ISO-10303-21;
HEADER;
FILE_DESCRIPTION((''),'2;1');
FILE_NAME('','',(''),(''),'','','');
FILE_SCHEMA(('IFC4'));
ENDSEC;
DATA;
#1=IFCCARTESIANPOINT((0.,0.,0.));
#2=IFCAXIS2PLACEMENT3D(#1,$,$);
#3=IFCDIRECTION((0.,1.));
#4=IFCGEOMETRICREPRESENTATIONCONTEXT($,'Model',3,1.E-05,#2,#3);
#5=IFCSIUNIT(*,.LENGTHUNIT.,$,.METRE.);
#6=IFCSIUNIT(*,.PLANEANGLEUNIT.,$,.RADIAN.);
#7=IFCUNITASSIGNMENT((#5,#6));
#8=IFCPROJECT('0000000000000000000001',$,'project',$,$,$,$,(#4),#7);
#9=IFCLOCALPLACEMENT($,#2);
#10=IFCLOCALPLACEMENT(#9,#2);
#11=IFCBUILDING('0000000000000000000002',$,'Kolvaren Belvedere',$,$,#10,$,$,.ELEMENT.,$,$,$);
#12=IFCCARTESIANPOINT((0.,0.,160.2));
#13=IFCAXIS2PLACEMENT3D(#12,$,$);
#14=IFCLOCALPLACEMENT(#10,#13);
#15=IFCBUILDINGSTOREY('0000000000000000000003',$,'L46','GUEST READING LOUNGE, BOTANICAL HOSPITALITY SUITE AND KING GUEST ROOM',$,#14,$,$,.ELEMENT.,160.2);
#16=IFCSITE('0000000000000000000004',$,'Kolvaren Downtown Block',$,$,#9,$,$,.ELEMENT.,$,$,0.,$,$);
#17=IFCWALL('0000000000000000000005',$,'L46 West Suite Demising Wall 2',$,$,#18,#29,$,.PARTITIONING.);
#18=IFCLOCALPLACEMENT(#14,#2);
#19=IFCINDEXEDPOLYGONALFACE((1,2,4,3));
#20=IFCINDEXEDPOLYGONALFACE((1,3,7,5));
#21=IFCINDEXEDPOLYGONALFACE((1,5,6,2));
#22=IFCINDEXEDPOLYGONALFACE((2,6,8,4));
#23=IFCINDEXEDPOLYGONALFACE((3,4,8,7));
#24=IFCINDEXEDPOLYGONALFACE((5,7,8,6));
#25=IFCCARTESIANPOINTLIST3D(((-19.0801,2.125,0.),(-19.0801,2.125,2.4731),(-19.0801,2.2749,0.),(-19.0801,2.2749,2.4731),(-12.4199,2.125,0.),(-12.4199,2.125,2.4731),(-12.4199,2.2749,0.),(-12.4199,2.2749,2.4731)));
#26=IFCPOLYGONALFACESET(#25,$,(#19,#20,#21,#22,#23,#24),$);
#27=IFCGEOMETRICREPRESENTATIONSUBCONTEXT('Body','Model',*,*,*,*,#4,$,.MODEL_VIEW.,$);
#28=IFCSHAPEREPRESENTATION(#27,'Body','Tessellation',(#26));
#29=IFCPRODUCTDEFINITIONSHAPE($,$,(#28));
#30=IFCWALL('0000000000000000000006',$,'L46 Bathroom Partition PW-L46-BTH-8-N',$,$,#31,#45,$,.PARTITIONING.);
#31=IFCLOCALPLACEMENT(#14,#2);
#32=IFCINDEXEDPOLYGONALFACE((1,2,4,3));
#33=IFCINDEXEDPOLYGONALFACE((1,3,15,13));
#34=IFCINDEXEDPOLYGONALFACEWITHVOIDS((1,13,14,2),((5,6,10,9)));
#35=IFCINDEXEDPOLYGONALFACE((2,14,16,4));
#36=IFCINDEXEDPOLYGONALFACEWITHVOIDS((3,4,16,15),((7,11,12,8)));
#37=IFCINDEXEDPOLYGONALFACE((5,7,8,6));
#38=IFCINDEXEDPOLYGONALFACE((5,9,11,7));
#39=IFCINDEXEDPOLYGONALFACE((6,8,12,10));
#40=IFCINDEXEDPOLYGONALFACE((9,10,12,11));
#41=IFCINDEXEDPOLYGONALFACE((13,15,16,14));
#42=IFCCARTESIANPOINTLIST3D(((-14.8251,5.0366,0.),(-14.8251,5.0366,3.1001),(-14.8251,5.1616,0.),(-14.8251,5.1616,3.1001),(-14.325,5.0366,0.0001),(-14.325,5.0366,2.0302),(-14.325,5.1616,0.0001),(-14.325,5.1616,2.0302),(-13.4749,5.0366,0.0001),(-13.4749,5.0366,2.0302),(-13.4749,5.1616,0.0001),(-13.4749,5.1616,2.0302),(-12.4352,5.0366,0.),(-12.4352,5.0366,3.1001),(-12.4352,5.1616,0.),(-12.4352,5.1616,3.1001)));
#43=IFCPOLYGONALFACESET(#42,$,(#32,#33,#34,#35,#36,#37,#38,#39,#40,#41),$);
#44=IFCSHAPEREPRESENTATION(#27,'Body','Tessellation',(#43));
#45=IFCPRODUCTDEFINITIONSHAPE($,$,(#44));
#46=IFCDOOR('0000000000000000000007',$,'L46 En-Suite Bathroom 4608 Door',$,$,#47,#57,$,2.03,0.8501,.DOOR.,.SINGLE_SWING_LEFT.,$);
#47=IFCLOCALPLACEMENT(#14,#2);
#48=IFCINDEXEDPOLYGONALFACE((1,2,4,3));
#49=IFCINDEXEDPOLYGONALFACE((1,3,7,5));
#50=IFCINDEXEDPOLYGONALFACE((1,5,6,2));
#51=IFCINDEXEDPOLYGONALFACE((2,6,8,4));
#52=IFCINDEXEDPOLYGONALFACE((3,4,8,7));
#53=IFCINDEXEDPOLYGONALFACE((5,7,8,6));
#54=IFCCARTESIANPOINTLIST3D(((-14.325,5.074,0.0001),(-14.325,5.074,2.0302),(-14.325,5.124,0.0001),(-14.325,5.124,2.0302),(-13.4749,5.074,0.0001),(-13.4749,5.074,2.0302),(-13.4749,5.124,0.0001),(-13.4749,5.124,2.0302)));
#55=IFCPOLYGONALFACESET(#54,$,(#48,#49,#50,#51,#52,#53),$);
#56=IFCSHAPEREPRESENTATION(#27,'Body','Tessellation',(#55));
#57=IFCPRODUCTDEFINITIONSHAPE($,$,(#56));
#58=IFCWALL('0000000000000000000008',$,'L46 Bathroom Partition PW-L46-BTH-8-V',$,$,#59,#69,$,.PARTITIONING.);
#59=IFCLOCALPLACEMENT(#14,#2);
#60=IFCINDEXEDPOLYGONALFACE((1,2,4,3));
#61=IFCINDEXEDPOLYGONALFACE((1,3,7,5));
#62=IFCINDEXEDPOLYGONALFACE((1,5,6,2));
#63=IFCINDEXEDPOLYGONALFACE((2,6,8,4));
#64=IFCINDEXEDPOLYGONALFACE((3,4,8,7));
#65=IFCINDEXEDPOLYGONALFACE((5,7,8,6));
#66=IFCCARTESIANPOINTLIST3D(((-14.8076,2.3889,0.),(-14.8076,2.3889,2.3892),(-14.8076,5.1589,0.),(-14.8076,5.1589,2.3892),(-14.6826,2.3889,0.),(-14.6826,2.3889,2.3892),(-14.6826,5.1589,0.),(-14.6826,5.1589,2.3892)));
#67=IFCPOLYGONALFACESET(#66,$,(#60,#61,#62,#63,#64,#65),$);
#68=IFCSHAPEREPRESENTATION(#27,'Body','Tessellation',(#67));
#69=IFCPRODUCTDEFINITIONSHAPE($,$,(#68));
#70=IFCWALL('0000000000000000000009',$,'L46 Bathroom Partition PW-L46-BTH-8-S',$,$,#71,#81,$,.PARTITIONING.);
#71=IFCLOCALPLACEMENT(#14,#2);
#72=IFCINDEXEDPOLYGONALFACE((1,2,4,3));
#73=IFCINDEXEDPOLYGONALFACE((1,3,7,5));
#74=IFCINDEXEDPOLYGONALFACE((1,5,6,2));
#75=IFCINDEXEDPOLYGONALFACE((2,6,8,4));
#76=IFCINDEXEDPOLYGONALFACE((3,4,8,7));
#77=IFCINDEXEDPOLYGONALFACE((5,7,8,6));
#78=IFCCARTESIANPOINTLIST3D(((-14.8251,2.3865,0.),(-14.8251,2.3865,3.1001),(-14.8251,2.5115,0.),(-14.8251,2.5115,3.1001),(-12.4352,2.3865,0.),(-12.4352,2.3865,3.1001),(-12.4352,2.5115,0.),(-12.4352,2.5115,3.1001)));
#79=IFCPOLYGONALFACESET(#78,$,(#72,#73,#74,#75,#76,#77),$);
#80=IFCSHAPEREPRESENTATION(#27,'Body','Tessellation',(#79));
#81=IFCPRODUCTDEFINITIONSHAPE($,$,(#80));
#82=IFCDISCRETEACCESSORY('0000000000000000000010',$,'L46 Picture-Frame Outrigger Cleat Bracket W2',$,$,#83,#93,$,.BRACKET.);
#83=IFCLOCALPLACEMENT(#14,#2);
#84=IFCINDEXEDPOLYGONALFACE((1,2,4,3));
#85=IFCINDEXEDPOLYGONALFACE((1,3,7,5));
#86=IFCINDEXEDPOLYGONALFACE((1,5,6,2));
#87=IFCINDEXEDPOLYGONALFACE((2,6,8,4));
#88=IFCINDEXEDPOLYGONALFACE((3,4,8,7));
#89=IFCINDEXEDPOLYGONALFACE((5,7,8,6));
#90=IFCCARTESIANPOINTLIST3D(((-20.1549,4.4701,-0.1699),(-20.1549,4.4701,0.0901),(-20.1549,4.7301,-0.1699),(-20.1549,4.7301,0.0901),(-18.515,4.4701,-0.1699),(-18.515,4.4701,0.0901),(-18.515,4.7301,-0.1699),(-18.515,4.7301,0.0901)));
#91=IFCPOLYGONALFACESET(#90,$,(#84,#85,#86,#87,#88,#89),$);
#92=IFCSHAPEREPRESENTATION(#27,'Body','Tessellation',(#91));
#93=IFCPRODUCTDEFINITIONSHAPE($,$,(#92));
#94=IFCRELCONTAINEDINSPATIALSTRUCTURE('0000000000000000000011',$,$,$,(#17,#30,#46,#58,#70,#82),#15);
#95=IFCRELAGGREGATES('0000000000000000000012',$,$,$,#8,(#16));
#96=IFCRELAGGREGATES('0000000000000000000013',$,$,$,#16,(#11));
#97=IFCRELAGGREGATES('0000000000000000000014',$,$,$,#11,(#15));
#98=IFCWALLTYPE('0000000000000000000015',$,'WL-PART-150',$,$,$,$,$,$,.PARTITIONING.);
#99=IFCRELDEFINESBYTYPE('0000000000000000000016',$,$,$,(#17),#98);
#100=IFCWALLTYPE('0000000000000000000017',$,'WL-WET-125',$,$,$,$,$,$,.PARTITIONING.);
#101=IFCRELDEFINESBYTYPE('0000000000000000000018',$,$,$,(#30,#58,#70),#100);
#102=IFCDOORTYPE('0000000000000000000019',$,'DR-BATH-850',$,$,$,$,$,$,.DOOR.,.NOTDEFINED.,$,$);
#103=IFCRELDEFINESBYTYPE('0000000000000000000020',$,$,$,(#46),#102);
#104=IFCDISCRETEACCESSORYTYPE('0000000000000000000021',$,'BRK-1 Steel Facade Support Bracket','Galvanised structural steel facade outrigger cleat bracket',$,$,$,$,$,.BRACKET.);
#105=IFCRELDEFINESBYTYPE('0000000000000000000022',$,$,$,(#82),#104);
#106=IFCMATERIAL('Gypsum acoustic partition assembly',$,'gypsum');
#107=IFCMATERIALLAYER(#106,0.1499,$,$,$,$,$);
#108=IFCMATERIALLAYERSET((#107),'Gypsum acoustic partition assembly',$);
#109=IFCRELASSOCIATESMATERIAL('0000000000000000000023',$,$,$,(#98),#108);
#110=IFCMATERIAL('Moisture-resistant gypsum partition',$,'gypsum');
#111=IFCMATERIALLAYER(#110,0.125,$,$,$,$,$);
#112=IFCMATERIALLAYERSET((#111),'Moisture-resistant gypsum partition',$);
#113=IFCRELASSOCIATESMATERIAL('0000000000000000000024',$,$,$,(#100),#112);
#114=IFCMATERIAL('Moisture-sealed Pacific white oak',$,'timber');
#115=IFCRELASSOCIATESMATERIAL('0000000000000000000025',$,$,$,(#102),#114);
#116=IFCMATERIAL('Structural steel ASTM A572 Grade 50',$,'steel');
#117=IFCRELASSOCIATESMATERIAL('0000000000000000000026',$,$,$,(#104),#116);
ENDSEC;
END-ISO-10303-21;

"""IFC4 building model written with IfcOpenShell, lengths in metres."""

from ifc_helpers import new_model, si_unit, direction, frame, frame_2d, origin, origin_2d, place, context, subcontext, project, spatial, rectangle, extrude, material, layer, layer_set, type_object, element, fill, save


model = new_model("IFC4")

# Units and contexts
model_context = context("Model", 3, precision=1e-05, world=origin(), true_north=direction((0.0, 1.0)))
body_context = subcontext(model_context, "Body", "Model", "MODEL_VIEW")
ifc_project = project(units=[si_unit("LENGTHUNIT", "METRE"), si_unit("PLANEANGLEUNIT", "RADIAN")], contexts=[model_context])

# Site, building, storey
site_placement = place(None, origin())
site = spatial("IfcSite", under=ifc_project, at=site_placement, Name="Kolvaren Downtown Block", CompositionType="ELEMENT", RefElevation=0.0)
building_placement = place(site_placement, origin())
building = spatial("IfcBuilding", under=site, at=building_placement, Name="Kolvaren Belvedere", CompositionType="ELEMENT")
storey_placement = place(building_placement, frame((0.0, 0.0, 160.2)))
storey = spatial("IfcBuildingStorey", under=building, at=storey_placement, Name="L46", Description="GUEST READING LOUNGE, BOTANICAL HOSPITALITY SUITE AND KING GUEST ROOM", CompositionType="ELEMENT", Elevation=160.2)

# Wall
ifc_material_1 = material(Name="Gypsum acoustic partition assembly", Category="gypsum")
ifc_layer_1 = layer(ifc_material_1, 0.1499)
ifc_layer_set_1 = layer_set([ifc_layer_1], Name="Gypsum acoustic partition assembly")
wall_type_1 = type_object("IfcWallType", Name="WL-PART-150", PredefinedType="PARTITIONING", material=ifc_layer_set_1)
wall_1_placement = place(storey_placement, frame((-19.0801, 2.2, 0.0), z_axis=(0.0, 0.0, 1.0), x_axis=(1.0, 0.0, 0.0)))
element("IfcWall", 1, at=wall_1_placement, inside=storey, type_object=wall_type_1, Name="L46 West Suite Demising Wall 2", PredefinedType="PARTITIONING", context=body_context, shape_type="SweptSolid", body=[
    extrude(rectangle(XDim=6.6602, YDim=0.1499, at=frame_2d((3.3301, 0.0))), origin(), (0.0, 0.0, 1.0), 2.4731),
])

# Wall, opening, door
ifc_material_2 = material(Name="Moisture-resistant gypsum partition", Category="gypsum")
ifc_layer_2 = layer(ifc_material_2, 0.125)
ifc_layer_set_2 = layer_set([ifc_layer_2], Name="Moisture-resistant gypsum partition")
wall_type_2 = type_object("IfcWallType", Name="WL-WET-125", PredefinedType="PARTITIONING", material=ifc_layer_set_2)
wall_2_placement = place(storey_placement, frame((-14.825, 5.0991, 0.0), z_axis=(0.0, 0.0, 1.0), x_axis=(1.0, 0.0, 0.0)))
wall_2 = element("IfcWall", 2, at=wall_2_placement, inside=storey, type_object=wall_type_2, Name="L46 Bathroom Partition PW-L46-BTH-8-N", PredefinedType="PARTITIONING", context=body_context, shape_type="SweptSolid", body=[
    extrude(rectangle(XDim=2.3899, YDim=0.125, at=frame_2d((1.1948, 0.0))), origin(), (0.0, 0.0, 1.0), 3.1001),
])
opening_1_placement = place(wall_2_placement, frame((0.5, 0.0, 0.0)))
opening_1 = element("IfcOpeningElement", 3, at=opening_1_placement, cuts=wall_2, PredefinedType="OPENING", context=body_context, shape_type="SweptSolid", body=[
    extrude(rectangle(XDim=0.8501, YDim=2.03, at=frame_2d((0.425, 1.0151))), frame((0.0, 0.0725, 0.0), z_axis=(0.0, -1.0, 0.0), x_axis=(1.0, 0.0, 0.0)), (0.0, 0.0, 1.0), 0.145),
])
ifc_material_3 = material(Name="Moisture-sealed Pacific white oak", Category="timber")
door_type_1 = type_object("IfcDoorType", Name="DR-BATH-850", OperationType="NOTDEFINED", PredefinedType="DOOR", material=ifc_material_3)
door_1_placement = place(opening_1_placement, origin())
door_1 = element("IfcDoor", 4, at=door_1_placement, inside=storey, type_object=door_type_1, Name="L46 En-Suite Bathroom 4608 Door", OperationType="SINGLE_SWING_LEFT", OverallHeight=2.03, OverallWidth=0.8501, PredefinedType="DOOR", context=body_context, shape_type="SweptSolid", body=[
    extrude(rectangle(XDim=0.8501, YDim=2.03, at=frame_2d((0.425, 1.0151))), frame((0.0, 0.0249, 0.0), z_axis=(0.0, -1.0, 0.0), x_axis=(1.0, 0.0, 0.0)), (0.0, 0.0, 1.0), 0.05),
])
fill(opening_1, door_1)

# Walls
wall_3_placement = place(storey_placement, frame((-14.7451, 2.3889, 0.0), z_axis=(0.0, 0.0, 1.0), x_axis=(0.0, 1.0, 0.0)))
element("IfcWall", 5, at=wall_3_placement, inside=storey, type_object=wall_type_2, Name="L46 Bathroom Partition PW-L46-BTH-8-V", PredefinedType="PARTITIONING", context=body_context, shape_type="SweptSolid", body=[
    extrude(rectangle(XDim=2.77, YDim=0.125, at=frame_2d((1.385, 0.0))), origin(), (0.0, 0.0, 1.0), 2.3892),
])
wall_4_placement = place(storey_placement, frame((-14.825, 2.449, 0.0), z_axis=(0.0, 0.0, 1.0), x_axis=(1.0, 0.0, 0.0)))
element("IfcWall", 6, at=wall_4_placement, inside=storey, type_object=wall_type_2, Name="L46 Bathroom Partition PW-L46-BTH-8-S", PredefinedType="PARTITIONING", context=body_context, shape_type="SweptSolid", body=[
    extrude(rectangle(XDim=2.3899, YDim=0.125, at=frame_2d((1.1948, 0.0))), origin(), (0.0, 0.0, 1.0), 3.1001),
])

# Discrete accessory
ifc_material_4 = material(Name="Structural steel ASTM A572 Grade 50", Category="steel")
discrete_accessory_type = type_object("IfcDiscreteAccessoryType", Name="BRK-1 Steel Facade Support Bracket", Description="Galvanised structural steel facade outrigger cleat bracket", PredefinedType="BRACKET", material=ifc_material_4)
discrete_accessory_placement = place(storey_placement, frame((-19.335, 4.6001, -0.1699), z_axis=(0.0, 0.0, 1.0), x_axis=(1.0, 0.0, 0.0)))
element("IfcDiscreteAccessory", 7, at=discrete_accessory_placement, inside=storey, type_object=discrete_accessory_type, Name="L46 Picture-Frame Outrigger Cleat Bracket W2", PredefinedType="BRACKET", context=body_context, shape_type="SweptSolid", body=[
    extrude(rectangle(XDim=1.6399, YDim=0.26, at=origin_2d()), origin(), (0.0, 0.0, 1.0), 0.26),
])

save(model, "model.ifc")
